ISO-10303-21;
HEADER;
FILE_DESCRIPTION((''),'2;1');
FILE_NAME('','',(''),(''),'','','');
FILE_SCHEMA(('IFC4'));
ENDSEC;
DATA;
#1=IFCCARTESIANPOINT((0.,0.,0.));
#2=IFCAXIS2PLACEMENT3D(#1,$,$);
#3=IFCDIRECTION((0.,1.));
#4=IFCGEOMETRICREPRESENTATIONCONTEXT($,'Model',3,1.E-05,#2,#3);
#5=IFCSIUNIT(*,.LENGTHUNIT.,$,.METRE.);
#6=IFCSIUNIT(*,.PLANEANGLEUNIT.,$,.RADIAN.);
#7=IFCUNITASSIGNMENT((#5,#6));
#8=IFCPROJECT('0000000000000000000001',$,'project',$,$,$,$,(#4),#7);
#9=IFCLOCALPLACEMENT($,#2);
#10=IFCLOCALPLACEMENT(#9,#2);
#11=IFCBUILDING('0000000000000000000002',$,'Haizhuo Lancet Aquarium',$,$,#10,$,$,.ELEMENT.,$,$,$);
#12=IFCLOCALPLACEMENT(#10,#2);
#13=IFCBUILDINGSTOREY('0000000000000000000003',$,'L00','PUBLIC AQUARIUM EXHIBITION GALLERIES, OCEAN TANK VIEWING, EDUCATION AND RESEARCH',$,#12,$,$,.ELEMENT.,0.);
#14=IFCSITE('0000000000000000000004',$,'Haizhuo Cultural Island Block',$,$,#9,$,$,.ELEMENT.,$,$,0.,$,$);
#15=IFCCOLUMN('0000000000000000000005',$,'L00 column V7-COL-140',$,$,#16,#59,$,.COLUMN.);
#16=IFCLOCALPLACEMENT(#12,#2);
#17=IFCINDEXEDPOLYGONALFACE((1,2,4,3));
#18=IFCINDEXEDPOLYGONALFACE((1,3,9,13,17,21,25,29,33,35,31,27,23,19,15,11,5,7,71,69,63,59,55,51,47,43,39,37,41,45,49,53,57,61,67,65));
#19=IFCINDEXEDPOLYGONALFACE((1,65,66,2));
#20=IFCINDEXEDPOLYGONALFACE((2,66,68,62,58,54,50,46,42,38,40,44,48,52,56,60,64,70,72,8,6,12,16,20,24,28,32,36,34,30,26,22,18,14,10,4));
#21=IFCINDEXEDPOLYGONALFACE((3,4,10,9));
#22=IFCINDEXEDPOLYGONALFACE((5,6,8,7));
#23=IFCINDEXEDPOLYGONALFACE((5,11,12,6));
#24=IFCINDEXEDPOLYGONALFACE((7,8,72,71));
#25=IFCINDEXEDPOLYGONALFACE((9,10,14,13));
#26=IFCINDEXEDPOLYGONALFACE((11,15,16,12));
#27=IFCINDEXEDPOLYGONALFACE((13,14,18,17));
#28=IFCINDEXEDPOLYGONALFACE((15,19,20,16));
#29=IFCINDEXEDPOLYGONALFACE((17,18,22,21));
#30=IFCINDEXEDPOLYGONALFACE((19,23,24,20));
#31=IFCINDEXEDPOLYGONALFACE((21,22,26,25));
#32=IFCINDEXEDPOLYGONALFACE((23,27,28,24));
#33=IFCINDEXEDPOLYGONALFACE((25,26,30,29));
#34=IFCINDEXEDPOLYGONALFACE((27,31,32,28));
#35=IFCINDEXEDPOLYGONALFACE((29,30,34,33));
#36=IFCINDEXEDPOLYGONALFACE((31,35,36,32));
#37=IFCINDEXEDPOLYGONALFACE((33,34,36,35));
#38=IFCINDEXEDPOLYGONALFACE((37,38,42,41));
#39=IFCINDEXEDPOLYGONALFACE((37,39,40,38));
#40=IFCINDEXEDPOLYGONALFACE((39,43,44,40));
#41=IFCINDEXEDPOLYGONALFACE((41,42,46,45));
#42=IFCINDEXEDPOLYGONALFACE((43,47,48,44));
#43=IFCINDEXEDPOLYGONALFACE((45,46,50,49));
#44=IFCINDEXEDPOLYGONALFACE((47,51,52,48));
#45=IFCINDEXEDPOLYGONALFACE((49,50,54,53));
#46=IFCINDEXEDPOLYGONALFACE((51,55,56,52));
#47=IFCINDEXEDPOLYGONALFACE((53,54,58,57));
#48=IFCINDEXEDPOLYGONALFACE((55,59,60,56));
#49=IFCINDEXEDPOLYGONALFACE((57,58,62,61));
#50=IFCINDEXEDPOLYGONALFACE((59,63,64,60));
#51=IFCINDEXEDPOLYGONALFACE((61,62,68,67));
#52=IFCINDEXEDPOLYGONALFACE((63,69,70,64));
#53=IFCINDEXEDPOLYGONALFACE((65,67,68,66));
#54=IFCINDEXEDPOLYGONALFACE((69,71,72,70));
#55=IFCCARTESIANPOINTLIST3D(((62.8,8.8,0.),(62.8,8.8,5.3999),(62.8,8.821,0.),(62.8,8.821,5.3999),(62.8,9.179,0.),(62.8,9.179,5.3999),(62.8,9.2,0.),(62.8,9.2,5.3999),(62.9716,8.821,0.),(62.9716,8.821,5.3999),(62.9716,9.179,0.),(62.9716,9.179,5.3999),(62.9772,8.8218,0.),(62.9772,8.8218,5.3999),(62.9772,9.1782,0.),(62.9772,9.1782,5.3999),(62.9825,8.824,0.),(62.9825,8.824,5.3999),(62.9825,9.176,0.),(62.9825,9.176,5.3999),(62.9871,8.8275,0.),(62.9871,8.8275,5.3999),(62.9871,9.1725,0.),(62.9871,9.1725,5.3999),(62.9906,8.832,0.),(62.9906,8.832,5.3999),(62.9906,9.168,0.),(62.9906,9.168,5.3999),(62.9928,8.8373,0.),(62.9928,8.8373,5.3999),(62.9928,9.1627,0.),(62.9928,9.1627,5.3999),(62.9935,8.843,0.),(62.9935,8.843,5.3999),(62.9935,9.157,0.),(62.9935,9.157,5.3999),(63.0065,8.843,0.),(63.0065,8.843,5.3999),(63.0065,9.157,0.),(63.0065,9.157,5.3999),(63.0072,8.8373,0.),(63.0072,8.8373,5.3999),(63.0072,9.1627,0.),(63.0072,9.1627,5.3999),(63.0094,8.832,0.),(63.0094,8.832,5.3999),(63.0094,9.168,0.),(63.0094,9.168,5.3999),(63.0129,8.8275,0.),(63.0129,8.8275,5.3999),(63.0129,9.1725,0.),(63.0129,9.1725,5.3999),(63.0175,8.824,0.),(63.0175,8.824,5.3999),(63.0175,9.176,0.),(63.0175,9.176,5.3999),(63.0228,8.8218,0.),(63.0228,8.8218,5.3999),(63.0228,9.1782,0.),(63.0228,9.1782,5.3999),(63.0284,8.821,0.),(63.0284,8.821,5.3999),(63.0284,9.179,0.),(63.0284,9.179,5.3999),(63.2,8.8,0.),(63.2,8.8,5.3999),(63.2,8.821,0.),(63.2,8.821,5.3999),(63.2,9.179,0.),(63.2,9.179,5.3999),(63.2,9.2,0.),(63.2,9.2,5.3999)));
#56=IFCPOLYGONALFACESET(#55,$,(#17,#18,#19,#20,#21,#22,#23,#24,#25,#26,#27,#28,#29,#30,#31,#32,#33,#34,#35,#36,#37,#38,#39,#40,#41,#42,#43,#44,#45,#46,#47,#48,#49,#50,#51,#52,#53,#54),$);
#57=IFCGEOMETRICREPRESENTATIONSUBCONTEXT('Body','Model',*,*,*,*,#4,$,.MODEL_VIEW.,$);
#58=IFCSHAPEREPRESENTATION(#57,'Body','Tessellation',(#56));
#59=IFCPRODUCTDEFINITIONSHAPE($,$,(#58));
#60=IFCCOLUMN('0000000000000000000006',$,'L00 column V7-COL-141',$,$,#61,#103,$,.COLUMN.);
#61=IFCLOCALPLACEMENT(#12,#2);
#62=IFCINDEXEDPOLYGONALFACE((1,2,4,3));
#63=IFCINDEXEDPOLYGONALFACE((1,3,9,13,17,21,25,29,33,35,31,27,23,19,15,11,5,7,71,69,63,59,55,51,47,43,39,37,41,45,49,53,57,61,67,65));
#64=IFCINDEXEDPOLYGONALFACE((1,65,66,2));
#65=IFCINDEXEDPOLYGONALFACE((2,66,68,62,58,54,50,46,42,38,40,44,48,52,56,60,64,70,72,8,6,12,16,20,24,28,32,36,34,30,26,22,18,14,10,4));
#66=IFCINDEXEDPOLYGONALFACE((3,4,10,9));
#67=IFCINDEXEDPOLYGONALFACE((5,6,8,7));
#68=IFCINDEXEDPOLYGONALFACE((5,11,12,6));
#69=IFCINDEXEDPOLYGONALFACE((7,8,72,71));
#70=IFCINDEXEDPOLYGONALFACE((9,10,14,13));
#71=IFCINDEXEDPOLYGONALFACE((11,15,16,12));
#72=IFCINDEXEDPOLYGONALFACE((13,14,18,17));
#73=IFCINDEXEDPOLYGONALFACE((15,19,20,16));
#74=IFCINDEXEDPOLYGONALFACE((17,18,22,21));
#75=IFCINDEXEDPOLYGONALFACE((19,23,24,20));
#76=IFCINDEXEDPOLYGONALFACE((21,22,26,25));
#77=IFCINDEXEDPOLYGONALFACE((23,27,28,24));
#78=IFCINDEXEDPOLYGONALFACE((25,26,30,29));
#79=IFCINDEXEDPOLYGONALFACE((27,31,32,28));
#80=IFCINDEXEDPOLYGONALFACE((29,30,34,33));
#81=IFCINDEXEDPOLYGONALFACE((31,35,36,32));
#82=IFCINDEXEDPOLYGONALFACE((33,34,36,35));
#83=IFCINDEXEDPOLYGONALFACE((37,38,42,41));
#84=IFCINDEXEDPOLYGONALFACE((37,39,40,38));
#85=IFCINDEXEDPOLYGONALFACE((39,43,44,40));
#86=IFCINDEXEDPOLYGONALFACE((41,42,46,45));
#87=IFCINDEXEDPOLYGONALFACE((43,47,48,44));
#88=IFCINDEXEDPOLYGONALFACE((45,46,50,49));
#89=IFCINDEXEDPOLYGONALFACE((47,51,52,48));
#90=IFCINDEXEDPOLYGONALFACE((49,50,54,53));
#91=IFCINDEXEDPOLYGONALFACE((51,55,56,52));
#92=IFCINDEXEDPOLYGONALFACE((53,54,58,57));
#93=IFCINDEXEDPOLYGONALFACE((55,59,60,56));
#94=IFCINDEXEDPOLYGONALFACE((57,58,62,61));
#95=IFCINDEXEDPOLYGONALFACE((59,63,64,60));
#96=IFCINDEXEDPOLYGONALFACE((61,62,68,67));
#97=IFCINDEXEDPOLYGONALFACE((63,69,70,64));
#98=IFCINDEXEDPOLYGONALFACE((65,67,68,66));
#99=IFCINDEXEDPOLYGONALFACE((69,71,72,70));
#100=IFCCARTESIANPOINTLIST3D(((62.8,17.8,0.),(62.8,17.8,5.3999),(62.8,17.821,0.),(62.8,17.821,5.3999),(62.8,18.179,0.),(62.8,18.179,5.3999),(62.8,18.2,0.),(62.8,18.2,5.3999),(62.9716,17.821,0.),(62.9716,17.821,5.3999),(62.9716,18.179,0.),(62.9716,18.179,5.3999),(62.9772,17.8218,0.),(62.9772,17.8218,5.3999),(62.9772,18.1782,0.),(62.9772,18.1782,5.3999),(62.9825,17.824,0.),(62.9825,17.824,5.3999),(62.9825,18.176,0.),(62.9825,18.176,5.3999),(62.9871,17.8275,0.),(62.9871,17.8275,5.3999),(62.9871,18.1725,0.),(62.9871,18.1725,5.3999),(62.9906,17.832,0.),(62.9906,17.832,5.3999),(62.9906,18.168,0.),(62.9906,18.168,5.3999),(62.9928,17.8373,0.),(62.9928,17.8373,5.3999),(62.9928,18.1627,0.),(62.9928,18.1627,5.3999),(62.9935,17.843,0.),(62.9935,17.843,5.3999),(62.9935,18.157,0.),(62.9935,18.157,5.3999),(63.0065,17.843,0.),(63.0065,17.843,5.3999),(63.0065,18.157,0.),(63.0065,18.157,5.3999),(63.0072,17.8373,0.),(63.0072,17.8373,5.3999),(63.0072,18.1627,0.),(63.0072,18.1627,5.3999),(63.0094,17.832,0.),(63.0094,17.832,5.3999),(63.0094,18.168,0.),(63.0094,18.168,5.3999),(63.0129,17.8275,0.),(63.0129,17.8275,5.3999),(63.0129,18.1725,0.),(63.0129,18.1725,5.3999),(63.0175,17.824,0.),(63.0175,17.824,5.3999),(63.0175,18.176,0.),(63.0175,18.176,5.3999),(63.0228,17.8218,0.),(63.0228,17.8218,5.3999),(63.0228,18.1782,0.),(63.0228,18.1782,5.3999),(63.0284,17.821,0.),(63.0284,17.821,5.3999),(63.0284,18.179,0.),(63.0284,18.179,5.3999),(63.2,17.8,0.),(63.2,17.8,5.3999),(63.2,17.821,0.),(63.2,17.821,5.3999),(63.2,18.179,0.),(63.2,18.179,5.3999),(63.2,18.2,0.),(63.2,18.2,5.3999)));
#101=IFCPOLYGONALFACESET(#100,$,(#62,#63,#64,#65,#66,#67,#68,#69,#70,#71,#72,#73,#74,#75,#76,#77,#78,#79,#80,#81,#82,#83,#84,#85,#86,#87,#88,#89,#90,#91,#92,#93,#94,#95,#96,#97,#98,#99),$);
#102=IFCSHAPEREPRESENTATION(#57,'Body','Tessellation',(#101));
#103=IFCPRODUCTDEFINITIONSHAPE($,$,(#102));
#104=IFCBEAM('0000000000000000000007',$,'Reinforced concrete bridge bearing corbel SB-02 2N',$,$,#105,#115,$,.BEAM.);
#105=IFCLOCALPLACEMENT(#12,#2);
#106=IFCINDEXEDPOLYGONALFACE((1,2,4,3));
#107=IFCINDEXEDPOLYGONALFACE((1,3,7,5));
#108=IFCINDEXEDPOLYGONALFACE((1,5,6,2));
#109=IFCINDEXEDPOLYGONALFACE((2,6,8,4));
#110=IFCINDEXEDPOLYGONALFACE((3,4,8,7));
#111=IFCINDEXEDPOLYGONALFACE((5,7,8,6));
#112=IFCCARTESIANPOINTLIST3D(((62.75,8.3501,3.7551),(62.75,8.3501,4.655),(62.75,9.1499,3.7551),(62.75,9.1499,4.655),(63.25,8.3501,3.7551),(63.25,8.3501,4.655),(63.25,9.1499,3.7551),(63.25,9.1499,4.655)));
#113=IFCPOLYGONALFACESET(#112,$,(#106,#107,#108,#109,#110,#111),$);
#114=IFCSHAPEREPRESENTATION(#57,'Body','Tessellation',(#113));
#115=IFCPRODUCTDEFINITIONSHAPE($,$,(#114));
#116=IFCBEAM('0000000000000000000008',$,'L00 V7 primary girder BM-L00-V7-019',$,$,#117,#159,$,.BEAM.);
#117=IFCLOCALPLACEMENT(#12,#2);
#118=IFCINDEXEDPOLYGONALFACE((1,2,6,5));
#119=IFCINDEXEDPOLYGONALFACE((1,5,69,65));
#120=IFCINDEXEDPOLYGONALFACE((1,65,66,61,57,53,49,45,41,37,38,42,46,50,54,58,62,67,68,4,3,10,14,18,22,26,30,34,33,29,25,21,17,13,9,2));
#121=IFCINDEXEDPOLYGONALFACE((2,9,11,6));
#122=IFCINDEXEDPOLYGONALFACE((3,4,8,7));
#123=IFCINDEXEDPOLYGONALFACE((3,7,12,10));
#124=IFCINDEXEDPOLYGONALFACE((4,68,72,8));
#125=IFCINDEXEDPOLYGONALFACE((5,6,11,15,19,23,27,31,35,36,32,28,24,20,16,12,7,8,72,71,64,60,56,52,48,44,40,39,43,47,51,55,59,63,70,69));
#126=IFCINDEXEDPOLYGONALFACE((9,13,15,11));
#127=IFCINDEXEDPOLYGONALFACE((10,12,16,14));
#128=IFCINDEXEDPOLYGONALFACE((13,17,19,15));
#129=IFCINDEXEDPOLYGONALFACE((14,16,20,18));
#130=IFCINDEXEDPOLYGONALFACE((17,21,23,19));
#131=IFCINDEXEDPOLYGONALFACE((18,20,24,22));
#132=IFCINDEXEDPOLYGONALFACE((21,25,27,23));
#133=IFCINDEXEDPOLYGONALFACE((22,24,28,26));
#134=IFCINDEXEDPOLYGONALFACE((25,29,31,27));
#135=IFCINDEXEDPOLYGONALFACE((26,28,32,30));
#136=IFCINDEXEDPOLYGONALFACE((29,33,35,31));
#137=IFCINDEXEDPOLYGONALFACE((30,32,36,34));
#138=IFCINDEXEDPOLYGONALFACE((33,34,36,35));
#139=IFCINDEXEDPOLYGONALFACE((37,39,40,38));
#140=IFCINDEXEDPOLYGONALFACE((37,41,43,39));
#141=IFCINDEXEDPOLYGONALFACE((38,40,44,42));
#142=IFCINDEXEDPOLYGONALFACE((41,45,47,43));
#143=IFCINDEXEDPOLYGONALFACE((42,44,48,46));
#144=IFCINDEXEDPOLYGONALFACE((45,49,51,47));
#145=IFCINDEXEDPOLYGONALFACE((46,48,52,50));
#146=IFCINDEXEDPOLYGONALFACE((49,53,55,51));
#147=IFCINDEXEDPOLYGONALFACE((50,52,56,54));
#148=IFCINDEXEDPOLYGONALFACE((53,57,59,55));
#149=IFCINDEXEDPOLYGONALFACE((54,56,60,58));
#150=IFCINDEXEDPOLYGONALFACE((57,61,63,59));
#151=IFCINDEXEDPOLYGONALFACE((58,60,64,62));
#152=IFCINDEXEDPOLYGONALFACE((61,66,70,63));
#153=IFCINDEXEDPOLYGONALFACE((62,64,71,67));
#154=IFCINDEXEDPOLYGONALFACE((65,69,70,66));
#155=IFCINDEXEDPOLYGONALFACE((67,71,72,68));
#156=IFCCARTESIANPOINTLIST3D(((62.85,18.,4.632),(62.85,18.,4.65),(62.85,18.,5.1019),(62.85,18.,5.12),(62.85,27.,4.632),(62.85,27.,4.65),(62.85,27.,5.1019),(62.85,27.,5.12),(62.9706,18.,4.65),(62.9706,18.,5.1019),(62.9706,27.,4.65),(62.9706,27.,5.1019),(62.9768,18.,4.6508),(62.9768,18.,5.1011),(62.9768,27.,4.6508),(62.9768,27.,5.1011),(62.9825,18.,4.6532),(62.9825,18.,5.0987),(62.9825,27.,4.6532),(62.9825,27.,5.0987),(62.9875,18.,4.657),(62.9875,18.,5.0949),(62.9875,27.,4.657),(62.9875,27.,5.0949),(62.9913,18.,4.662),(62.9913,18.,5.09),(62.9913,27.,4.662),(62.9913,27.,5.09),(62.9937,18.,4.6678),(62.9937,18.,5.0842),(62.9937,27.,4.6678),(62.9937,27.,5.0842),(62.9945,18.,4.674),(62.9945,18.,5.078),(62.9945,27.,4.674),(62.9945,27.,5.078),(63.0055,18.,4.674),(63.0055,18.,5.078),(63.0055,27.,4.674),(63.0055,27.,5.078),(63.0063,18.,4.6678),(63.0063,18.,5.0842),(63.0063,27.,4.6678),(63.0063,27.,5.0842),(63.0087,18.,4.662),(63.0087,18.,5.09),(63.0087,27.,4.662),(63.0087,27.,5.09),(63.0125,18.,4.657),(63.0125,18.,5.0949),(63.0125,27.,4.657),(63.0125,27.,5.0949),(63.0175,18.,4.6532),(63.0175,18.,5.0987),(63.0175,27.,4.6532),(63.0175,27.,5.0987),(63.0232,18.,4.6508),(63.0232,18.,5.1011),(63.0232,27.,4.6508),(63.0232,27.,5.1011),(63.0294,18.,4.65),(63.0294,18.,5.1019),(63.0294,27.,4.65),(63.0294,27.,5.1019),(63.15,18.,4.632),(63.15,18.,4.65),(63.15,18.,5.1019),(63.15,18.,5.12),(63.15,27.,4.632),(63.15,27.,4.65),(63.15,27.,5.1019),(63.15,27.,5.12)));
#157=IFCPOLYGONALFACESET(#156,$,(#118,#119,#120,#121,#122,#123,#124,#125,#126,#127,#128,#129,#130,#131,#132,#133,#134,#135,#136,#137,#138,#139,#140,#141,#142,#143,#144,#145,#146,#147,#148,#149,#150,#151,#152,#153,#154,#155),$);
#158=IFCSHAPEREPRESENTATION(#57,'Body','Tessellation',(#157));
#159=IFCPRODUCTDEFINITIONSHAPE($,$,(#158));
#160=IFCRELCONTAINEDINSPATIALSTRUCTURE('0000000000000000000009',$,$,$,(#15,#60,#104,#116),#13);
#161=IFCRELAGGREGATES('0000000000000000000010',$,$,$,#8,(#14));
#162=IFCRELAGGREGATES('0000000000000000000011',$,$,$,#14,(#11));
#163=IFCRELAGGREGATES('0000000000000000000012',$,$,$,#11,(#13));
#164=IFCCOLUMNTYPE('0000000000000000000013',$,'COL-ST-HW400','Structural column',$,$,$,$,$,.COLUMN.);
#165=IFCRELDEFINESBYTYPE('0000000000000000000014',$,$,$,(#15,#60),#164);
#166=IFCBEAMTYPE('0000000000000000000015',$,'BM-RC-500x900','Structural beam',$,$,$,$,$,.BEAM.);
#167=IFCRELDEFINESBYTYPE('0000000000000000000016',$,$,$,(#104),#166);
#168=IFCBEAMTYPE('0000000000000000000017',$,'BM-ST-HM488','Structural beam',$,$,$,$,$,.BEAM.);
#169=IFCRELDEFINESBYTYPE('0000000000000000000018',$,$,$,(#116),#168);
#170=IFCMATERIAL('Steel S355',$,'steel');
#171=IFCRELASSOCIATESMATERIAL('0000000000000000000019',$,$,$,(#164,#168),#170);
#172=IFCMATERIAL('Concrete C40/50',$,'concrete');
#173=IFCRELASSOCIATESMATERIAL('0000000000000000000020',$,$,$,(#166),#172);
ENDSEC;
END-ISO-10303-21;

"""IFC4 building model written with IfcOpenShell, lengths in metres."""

from ifc_helpers import new_model, si_unit, direction, frame, origin, origin_2d, place, context, subcontext, project, spatial, rectangle, i_section, extrude, material, material_profile, profile_set, type_object, element, save


model = new_model("IFC4")

# Units and contexts
model_context = context("Model", 3, precision=1e-05, world=origin(), true_north=direction((0.0, 1.0)))
body_context = subcontext(model_context, "Body", "Model", "MODEL_VIEW")
ifc_project = project(units=[si_unit("LENGTHUNIT", "METRE"), si_unit("PLANEANGLEUNIT", "RADIAN")], contexts=[model_context])

# Site, building, storey
site_placement = place(None, origin())
site = spatial("IfcSite", under=ifc_project, at=site_placement, Name="Haizhuo Cultural Island Block", CompositionType="ELEMENT", RefElevation=0.0)
building_placement = place(site_placement, origin())
building = spatial("IfcBuilding", under=site, at=building_placement, Name="Haizhuo Lancet Aquarium", CompositionType="ELEMENT")
storey_placement = place(building_placement, origin())
storey = spatial("IfcBuildingStorey", under=building, at=storey_placement, Name="L00", Description="PUBLIC AQUARIUM EXHIBITION GALLERIES, OCEAN TANK VIEWING, EDUCATION AND RESEARCH", CompositionType="ELEMENT", Elevation=0.0)

# Columns
ifc_material_1 = material(Name="Steel S355", Category="steel")
ifc_material_profile_1 = material_profile(ifc_material_1, i_section(OverallWidth=0.3999, OverallDepth=0.3999, WebThickness=0.0129, FlangeThickness=0.021, FilletRadius=0.022, at=origin_2d()), Name="HW 400x400x13x21")
ifc_profile_set_1 = profile_set([ifc_material_profile_1], Name="Steel S355")
column_type = type_object("IfcColumnType", Name="COL-ST-HW400", Description="Structural column", PredefinedType="COLUMN", material=ifc_profile_set_1)
for number, where, z_axis, x_axis, name in (
    (1, (63.0, 9.0, 0.0), (0.0, 0.0, 1.0), (1.0, 0.0, 0.0), "L00 column V7-COL-140"),
    (2, (63.0, 18.0, 0.0), (0.0, 0.0, 1.0), (1.0, 0.0, 0.0), "L00 column V7-COL-141"),
):
    element("IfcColumn", number, at=place(storey_placement, frame(where, z_axis=z_axis, x_axis=x_axis)), inside=storey, type_object=column_type, Name=name, PredefinedType="COLUMN", context=body_context, shape_type="SweptSolid", body=[
        extrude(i_section(OverallWidth=0.3999, OverallDepth=0.3999, WebThickness=0.0129, FlangeThickness=0.021, FilletRadius=0.022, at=origin_2d()), origin(), (0.0, 0.0, 1.0), 5.3999),
    ])

# Beams
ifc_material_2 = material(Name="Concrete C40/50", Category="concrete")
ifc_material_profile_2 = material_profile(ifc_material_2, rectangle(XDim=0.5, YDim=0.8999, at=origin_2d()), Name="RC-BM 500x900")
ifc_profile_set_2 = profile_set([ifc_material_profile_2], Name="Concrete C40/50")
beam_type_1 = type_object("IfcBeamType", Name="BM-RC-500x900", Description="Structural beam", PredefinedType="BEAM", material=ifc_profile_set_2)
beam_1_placement = place(storey_placement, frame((63.0, 9.1499, 4.2051), z_axis=(0.0, -1.0, 0.0), x_axis=(1.0, 0.0, 0.0)))
element("IfcBeam", 3, at=beam_1_placement, inside=storey, type_object=beam_type_1, Name="Reinforced concrete bridge bearing corbel SB-02 2N", PredefinedType="BEAM", context=body_context, shape_type="SweptSolid", body=[
    extrude(rectangle(XDim=0.5, YDim=0.8999, at=origin_2d()), origin(), (0.0, 0.0, 1.0), 0.7998),
])
ifc_material_profile_3 = material_profile(ifc_material_1, i_section(OverallWidth=0.3, OverallDepth=0.488, WebThickness=0.011, FlangeThickness=0.0181, FilletRadius=0.0239, at=origin_2d()), Name="HM 488x300x11x18")
ifc_profile_set_3 = profile_set([ifc_material_profile_3], Name="Steel S355")
beam_type_2 = type_object("IfcBeamType", Name="BM-ST-HM488", Description="Structural beam", PredefinedType="BEAM", material=ifc_profile_set_3)
beam_2_placement = place(storey_placement, frame((63.0, 18.0, 4.876), z_axis=(0.0, 1.0, 0.0), x_axis=(-1.0, 0.0, 0.0)))
element("IfcBeam", 4, at=beam_2_placement, inside=storey, type_object=beam_type_2, Name="L00 V7 primary girder BM-L00-V7-019", PredefinedType="BEAM", context=body_context, shape_type="SweptSolid", body=[
    extrude(i_section(OverallWidth=0.3, OverallDepth=0.488, WebThickness=0.011, FlangeThickness=0.0181, FilletRadius=0.0239, at=origin_2d()), origin(), (0.0, 0.0, 1.0), 9.0),
])

save(model, "model.ifc")
